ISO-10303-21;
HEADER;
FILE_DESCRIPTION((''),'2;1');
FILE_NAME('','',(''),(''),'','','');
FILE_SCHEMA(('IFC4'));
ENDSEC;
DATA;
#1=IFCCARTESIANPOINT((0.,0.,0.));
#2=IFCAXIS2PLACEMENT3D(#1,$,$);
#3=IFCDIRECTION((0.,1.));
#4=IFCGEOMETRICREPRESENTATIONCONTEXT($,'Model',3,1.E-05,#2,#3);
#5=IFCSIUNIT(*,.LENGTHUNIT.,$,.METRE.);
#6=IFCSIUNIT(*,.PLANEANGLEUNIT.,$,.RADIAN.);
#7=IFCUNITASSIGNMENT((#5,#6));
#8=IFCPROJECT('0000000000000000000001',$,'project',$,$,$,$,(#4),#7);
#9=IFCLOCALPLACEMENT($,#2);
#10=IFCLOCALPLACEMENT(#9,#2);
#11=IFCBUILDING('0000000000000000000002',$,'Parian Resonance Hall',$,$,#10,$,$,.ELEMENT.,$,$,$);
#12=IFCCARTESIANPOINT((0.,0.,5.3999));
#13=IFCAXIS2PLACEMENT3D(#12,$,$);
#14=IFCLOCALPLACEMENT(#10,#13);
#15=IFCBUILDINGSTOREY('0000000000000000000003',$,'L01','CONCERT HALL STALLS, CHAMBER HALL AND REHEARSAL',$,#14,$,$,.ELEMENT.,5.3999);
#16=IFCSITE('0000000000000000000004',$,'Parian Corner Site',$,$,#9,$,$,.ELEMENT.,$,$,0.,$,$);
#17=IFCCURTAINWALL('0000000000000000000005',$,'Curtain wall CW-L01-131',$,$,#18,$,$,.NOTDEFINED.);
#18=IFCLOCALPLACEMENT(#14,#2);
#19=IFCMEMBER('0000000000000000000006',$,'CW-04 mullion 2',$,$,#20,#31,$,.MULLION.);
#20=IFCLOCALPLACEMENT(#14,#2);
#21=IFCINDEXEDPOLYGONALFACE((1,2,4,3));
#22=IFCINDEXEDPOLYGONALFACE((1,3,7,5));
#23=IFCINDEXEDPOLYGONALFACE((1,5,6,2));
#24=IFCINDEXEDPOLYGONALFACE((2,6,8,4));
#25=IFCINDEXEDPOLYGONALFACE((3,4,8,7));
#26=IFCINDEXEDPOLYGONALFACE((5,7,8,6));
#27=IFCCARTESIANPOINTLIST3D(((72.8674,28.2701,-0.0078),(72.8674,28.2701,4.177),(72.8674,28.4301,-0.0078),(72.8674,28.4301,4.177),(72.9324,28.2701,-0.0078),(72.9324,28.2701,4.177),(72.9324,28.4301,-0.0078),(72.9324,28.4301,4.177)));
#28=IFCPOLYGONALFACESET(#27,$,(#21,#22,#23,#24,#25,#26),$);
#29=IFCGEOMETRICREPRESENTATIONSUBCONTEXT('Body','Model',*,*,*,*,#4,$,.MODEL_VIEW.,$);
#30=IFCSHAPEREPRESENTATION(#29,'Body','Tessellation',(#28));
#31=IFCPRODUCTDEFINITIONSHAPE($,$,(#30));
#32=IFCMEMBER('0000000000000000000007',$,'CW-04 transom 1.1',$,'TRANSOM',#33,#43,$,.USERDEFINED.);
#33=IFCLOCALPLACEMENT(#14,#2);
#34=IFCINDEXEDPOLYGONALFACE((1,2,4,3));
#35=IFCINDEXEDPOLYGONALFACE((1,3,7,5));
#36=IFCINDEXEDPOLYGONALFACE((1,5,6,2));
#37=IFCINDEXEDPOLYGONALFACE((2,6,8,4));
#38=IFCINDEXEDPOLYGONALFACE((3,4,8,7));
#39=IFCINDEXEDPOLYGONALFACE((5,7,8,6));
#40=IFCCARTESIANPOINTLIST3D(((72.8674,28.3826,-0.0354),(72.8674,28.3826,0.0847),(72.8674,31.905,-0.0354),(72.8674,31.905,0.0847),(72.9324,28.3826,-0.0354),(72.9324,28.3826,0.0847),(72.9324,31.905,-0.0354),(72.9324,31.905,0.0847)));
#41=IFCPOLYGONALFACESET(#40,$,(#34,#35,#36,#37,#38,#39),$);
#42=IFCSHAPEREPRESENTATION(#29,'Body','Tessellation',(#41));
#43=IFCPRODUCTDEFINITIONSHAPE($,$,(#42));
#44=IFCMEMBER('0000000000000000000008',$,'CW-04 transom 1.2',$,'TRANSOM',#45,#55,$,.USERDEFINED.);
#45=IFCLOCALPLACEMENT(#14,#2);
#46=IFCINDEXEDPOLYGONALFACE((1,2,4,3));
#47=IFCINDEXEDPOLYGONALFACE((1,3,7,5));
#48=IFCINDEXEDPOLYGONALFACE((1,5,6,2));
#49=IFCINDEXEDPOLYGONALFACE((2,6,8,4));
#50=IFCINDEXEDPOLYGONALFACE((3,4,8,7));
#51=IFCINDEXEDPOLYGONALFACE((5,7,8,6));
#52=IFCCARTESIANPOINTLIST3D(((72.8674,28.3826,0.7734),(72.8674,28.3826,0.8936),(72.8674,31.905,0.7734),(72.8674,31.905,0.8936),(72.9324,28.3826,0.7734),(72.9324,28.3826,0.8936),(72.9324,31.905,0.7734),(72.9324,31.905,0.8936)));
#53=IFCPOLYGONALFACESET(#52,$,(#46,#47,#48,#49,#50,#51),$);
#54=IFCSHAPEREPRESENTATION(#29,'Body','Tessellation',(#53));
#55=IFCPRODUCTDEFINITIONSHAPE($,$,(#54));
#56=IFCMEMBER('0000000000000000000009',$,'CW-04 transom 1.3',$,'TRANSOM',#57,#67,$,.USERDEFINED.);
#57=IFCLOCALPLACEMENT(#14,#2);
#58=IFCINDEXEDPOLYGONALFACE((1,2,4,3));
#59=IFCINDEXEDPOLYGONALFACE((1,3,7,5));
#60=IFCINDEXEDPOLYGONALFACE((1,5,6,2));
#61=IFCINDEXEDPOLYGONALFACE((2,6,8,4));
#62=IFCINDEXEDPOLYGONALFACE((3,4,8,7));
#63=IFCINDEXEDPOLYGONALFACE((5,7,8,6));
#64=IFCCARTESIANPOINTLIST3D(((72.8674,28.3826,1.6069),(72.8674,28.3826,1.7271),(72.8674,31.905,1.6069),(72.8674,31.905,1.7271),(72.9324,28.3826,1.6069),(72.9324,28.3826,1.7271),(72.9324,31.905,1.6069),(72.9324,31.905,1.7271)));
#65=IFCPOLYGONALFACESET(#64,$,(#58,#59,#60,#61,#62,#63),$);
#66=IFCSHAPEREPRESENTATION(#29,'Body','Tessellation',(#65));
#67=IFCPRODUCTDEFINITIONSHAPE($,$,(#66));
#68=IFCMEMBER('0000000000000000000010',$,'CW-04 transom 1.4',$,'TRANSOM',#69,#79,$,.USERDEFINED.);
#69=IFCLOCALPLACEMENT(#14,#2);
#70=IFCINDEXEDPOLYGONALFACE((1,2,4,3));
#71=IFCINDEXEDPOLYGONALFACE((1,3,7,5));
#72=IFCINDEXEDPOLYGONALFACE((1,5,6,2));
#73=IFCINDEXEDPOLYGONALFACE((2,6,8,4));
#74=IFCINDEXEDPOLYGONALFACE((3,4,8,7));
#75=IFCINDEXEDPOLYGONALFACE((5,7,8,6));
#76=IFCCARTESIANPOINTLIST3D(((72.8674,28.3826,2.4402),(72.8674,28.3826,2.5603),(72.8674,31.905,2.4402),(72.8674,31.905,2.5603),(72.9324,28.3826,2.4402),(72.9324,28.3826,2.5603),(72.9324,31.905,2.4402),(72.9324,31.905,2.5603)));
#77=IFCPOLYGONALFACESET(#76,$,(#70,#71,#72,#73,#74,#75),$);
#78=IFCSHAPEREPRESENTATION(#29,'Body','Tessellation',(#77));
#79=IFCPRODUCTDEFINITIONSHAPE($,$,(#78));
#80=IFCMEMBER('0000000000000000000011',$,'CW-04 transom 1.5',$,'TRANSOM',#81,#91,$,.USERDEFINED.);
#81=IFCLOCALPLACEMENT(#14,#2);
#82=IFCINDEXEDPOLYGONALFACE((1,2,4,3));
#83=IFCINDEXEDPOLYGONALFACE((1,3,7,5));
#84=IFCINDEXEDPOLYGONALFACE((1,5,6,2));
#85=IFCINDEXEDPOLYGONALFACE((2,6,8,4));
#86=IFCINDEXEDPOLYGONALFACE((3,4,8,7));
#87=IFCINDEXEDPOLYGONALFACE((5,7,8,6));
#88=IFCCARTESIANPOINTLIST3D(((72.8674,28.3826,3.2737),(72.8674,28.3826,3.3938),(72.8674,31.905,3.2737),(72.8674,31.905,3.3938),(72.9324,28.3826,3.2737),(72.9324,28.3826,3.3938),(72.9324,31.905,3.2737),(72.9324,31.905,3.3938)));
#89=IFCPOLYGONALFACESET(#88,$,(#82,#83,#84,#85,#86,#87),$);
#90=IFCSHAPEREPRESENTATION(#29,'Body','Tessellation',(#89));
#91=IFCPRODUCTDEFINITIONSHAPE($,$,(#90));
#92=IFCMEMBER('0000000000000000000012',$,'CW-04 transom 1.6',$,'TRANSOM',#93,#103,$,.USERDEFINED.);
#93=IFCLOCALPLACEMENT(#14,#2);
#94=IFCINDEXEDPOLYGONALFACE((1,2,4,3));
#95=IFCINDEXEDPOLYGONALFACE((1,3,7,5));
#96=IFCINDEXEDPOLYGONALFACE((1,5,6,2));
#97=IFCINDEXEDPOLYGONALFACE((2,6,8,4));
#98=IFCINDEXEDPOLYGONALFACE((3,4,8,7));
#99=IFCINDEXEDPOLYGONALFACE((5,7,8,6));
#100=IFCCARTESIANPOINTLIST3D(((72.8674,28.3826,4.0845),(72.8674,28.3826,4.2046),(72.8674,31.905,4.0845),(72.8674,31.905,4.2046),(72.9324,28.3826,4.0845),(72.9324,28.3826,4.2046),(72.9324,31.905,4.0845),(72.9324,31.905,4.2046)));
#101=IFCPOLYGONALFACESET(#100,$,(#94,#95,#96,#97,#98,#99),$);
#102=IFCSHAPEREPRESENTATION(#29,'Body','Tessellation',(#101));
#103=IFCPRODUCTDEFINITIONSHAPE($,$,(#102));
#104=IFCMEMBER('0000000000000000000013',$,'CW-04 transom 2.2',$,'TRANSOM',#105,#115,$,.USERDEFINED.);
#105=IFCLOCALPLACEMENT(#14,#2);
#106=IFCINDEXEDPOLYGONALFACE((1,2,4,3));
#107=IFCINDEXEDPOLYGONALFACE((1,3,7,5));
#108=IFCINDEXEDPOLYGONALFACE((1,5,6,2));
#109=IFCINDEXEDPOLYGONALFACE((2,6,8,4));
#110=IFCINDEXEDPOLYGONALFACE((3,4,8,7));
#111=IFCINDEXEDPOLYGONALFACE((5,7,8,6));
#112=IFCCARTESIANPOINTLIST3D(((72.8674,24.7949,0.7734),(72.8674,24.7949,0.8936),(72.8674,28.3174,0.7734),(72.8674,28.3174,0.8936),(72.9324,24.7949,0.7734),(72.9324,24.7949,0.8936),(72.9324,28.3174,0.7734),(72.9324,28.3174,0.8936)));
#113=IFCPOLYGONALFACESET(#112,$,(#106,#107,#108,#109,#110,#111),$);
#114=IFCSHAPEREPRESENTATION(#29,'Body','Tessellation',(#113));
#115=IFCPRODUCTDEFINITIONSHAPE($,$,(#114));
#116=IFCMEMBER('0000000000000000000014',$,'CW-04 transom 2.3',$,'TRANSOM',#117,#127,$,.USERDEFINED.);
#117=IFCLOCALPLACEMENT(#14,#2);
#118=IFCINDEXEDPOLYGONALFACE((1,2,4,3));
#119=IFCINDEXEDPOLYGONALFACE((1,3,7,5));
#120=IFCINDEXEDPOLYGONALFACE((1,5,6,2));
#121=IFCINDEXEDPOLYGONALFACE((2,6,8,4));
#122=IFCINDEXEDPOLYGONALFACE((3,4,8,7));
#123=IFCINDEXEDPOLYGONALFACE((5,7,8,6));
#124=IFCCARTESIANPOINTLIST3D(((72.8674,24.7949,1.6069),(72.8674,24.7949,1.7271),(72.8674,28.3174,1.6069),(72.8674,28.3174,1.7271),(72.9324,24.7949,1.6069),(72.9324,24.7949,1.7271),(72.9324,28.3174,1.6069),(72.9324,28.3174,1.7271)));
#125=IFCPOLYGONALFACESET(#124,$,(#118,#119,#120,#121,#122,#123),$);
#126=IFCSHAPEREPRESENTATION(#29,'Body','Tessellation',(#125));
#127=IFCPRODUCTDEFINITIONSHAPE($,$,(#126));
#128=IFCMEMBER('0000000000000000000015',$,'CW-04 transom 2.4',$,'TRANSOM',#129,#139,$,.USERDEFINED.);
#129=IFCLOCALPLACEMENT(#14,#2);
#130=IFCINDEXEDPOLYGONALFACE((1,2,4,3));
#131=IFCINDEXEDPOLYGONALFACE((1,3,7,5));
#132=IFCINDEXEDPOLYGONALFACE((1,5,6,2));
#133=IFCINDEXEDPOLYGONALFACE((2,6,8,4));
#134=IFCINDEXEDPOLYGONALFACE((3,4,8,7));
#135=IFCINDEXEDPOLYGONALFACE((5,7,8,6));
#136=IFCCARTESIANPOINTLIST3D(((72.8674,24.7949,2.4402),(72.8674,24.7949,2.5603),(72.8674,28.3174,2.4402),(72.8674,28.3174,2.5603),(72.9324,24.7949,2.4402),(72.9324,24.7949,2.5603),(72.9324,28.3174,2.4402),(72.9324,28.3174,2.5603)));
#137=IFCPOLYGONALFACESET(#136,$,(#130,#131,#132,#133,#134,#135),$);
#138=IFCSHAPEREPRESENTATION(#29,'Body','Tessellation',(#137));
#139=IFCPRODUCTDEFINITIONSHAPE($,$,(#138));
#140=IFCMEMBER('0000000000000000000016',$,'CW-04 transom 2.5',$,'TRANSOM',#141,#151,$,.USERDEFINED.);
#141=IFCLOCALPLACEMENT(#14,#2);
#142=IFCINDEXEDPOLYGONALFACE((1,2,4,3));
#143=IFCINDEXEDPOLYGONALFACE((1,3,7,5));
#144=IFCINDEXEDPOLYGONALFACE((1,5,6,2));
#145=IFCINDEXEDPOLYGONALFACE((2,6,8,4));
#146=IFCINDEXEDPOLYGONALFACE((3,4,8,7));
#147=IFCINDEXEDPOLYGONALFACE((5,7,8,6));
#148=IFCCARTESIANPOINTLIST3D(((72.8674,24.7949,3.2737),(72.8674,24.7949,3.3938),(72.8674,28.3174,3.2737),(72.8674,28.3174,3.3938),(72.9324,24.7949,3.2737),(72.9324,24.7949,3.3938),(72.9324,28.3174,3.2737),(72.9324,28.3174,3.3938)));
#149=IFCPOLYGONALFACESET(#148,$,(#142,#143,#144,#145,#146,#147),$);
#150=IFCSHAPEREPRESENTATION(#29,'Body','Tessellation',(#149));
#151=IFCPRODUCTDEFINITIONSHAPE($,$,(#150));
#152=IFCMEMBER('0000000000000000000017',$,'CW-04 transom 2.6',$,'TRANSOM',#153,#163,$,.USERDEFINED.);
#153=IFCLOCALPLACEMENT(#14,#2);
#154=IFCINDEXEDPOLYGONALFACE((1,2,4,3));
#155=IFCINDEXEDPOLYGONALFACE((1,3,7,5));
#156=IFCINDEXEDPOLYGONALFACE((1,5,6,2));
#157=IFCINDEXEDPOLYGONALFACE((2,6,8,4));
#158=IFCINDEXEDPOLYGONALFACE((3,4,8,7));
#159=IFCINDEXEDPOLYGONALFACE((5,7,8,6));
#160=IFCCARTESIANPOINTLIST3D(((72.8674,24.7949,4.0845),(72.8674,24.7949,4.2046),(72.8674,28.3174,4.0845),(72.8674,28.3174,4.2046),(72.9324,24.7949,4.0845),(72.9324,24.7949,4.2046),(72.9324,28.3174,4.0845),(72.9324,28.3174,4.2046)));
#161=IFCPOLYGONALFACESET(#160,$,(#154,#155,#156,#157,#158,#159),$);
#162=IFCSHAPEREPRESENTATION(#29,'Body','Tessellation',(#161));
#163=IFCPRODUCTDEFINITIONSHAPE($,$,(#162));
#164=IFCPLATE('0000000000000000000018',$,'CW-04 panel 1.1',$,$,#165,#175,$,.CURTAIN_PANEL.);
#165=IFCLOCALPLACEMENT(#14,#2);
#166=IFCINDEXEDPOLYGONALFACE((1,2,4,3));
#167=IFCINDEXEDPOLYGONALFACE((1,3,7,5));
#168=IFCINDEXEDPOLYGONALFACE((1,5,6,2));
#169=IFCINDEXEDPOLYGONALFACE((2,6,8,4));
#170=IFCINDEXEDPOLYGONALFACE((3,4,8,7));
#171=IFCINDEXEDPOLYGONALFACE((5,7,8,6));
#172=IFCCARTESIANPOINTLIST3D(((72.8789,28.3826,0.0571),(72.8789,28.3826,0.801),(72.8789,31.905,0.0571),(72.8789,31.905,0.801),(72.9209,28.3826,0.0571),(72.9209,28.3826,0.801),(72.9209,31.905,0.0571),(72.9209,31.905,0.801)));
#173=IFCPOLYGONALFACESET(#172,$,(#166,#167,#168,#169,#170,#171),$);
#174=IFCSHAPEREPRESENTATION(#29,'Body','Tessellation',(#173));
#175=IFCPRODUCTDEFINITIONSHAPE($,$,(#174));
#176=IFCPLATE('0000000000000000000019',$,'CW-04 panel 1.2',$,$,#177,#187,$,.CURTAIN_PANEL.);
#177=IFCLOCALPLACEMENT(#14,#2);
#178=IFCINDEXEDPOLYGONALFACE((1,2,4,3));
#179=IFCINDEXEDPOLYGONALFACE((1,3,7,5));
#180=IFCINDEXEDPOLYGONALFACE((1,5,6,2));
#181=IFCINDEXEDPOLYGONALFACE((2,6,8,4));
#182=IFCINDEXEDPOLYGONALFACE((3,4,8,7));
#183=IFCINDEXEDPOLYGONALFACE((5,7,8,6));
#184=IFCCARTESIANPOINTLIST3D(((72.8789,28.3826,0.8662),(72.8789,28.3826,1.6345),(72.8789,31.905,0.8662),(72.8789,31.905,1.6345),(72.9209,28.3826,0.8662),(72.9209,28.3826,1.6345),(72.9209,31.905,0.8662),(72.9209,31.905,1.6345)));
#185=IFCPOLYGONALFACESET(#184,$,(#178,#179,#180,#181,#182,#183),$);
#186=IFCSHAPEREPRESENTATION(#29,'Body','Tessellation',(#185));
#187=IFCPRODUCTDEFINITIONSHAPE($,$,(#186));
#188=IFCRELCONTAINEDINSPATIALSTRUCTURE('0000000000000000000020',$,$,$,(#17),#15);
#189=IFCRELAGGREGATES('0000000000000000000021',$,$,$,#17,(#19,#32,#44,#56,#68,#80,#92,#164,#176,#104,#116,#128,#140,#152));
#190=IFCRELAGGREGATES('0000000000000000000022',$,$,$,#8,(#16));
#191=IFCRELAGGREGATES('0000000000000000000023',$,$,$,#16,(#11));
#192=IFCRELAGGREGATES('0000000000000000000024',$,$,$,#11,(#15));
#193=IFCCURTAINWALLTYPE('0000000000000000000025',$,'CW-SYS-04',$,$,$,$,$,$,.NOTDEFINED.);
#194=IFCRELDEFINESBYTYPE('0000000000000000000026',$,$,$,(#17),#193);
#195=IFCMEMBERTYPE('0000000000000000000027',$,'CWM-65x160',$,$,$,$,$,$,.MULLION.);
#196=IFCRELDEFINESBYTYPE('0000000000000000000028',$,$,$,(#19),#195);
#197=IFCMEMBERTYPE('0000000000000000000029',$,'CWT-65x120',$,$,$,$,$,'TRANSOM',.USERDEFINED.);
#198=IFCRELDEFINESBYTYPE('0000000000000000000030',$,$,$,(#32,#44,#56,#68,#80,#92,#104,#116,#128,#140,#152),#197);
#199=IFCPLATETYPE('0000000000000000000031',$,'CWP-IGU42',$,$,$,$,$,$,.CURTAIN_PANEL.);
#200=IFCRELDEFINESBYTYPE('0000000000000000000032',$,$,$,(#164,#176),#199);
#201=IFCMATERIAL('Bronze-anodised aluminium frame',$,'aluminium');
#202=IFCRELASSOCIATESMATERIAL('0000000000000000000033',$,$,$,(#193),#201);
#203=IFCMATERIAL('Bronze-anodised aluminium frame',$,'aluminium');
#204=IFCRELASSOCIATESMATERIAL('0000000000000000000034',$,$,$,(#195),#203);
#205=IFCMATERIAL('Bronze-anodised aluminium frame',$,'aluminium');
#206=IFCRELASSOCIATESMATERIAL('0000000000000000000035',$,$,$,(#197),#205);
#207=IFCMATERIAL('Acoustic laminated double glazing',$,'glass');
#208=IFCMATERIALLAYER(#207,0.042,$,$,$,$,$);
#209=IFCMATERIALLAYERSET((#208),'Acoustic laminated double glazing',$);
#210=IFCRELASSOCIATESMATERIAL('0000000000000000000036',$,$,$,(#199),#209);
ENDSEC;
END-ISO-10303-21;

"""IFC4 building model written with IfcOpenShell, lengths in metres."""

from ifc_helpers import new_model, si_unit, direction, frame, origin, origin_2d, place, context, subcontext, project, spatial, rectangle, extrude, material, layer, layer_set, material_profile, profile_set, type_object, element, aggregate, save


model = new_model("IFC4")

# Units and contexts
model_context = context("Model", 3, precision=1e-05, world=origin(), true_north=direction((0.0, 1.0)))
body_context = subcontext(model_context, "Body", "Model", "MODEL_VIEW")
ifc_project = project(units=[si_unit("LENGTHUNIT", "METRE"), si_unit("PLANEANGLEUNIT", "RADIAN")], contexts=[model_context])

# Site, building, storey
site_placement = place(None, origin())
site = spatial("IfcSite", under=ifc_project, at=site_placement, Name="Parian Corner Site", CompositionType="ELEMENT", RefElevation=0.0)
building_placement = place(site_placement, origin())
building = spatial("IfcBuilding", under=site, at=building_placement, Name="Parian Resonance Hall", CompositionType="ELEMENT")
storey_placement = place(building_placement, frame((0.0, 0.0, 5.3999)))
storey = spatial("IfcBuildingStorey", under=building, at=storey_placement, Name="L01", Description="CONCERT HALL STALLS, CHAMBER HALL AND REHEARSAL", CompositionType="ELEMENT", Elevation=5.3999)

# Curtain wall, members, plates
ifc_material_1 = material(Name="Bronze-anodised aluminium frame", Category="aluminium")
curtain_wall_type = type_object("IfcCurtainWallType", Name="CW-SYS-04", PredefinedType="NOTDEFINED", material=ifc_material_1)
curtain_wall_placement = place(storey_placement, origin())
curtain_wall = element("IfcCurtainWall", 1, at=curtain_wall_placement, inside=storey, type_object=curtain_wall_type, Name="Curtain wall CW-L01-131", PredefinedType="NOTDEFINED")
ifc_material_2 = material(Name="Bronze-anodised aluminium frame", Category="aluminium")
ifc_material_profile_1 = material_profile(ifc_material_2, rectangle(XDim=0.0649, YDim=0.1599, at=origin_2d()), Name="CWM-65x160")
ifc_profile_set_1 = profile_set([ifc_material_profile_1], Name="Bronze-anodised aluminium frame")
member_type_1 = type_object("IfcMemberType", Name="CWM-65x160", PredefinedType="MULLION", material=ifc_profile_set_1)
member_1_placement = place(storey_placement, frame((72.8999, 28.3501, -0.0078), z_axis=(0.0, 0.0, 1.0), x_axis=(1.0, 0.0, 0.0)))
member_1 = element("IfcMember", 2, at=member_1_placement, type_object=member_type_1, Name="CW-04 mullion 2", PredefinedType="MULLION", context=body_context, shape_type="SweptSolid", body=[
    extrude(rectangle(XDim=0.0649, YDim=0.1599, at=origin_2d()), origin(), (0.0, 0.0, 1.0), 4.1848),
])
ifc_material_3 = material(Name="Bronze-anodised aluminium frame", Category="aluminium")
ifc_material_profile_2 = material_profile(ifc_material_3, rectangle(XDim=0.0649, YDim=0.1201, at=origin_2d()), Name="CWT-65x120")
ifc_profile_set_2 = profile_set([ifc_material_profile_2], Name="Bronze-anodised aluminium frame")
member_type_2 = type_object("IfcMemberType", Name="CWT-65x120", ElementType="TRANSOM", PredefinedType="USERDEFINED", material=ifc_profile_set_2)
member_2_placement = place(storey_placement, frame((72.8999, 31.905, 0.0247), z_axis=(0.0, -1.0, 0.0), x_axis=(1.0, 0.0, 0.0)))
member_2 = element("IfcMember", 3, at=member_2_placement, type_object=member_type_2, Name="CW-04 transom 1.1", ObjectType="TRANSOM", PredefinedType="USERDEFINED", context=body_context, shape_type="SweptSolid", body=[
    extrude(rectangle(XDim=0.0649, YDim=0.1201, at=origin_2d()), origin(), (0.0, 0.0, 1.0), 3.5225),
])
member_3_placement = place(storey_placement, frame((72.8999, 31.905, 0.8335), z_axis=(0.0, -1.0, 0.0), x_axis=(1.0, 0.0, 0.0)))
member_3 = element("IfcMember", 4, at=member_3_placement, type_object=member_type_2, Name="CW-04 transom 1.2", ObjectType="TRANSOM", PredefinedType="USERDEFINED", context=body_context, shape_type="SweptSolid", body=[
    extrude(rectangle(XDim=0.0649, YDim=0.1201, at=origin_2d()), origin(), (0.0, 0.0, 1.0), 3.5225),
])
member_4_placement = place(storey_placement, frame((72.8999, 31.905, 1.667), z_axis=(0.0, -1.0, 0.0), x_axis=(1.0, 0.0, 0.0)))
member_4 = element("IfcMember", 5, at=member_4_placement, type_object=member_type_2, Name="CW-04 transom 1.3", ObjectType="TRANSOM", PredefinedType="USERDEFINED", context=body_context, shape_type="SweptSolid", body=[
    extrude(rectangle(XDim=0.0649, YDim=0.1201, at=origin_2d()), origin(), (0.0, 0.0, 1.0), 3.5225),
])
member_5_placement = place(storey_placement, frame((72.8999, 31.905, 2.5002), z_axis=(0.0, -1.0, 0.0), x_axis=(1.0, 0.0, 0.0)))
member_5 = element("IfcMember", 6, at=member_5_placement, type_object=member_type_2, Name="CW-04 transom 1.4", ObjectType="TRANSOM", PredefinedType="USERDEFINED", context=body_context, shape_type="SweptSolid", body=[
    extrude(rectangle(XDim=0.0649, YDim=0.1201, at=origin_2d()), origin(), (0.0, 0.0, 1.0), 3.5225),
])
member_6_placement = place(storey_placement, frame((72.8999, 31.905, 3.3337), z_axis=(0.0, -1.0, 0.0), x_axis=(1.0, 0.0, 0.0)))
member_6 = element("IfcMember", 7, at=member_6_placement, type_object=member_type_2, Name="CW-04 transom 1.5", ObjectType="TRANSOM", PredefinedType="USERDEFINED", context=body_context, shape_type="SweptSolid", body=[
    extrude(rectangle(XDim=0.0649, YDim=0.1201, at=origin_2d()), origin(), (0.0, 0.0, 1.0), 3.5225),
])
member_7_placement = place(storey_placement, frame((72.8999, 31.905, 4.1445), z_axis=(0.0, -1.0, 0.0), x_axis=(1.0, 0.0, 0.0)))
member_7 = element("IfcMember", 8, at=member_7_placement, type_object=member_type_2, Name="CW-04 transom 1.6", ObjectType="TRANSOM", PredefinedType="USERDEFINED", context=body_context, shape_type="SweptSolid", body=[
    extrude(rectangle(XDim=0.0649, YDim=0.1201, at=origin_2d()), origin(), (0.0, 0.0, 1.0), 3.5225),
])
member_8_placement = place(storey_placement, frame((72.8999, 28.3174, 0.8335), z_axis=(0.0, -1.0, 0.0), x_axis=(1.0, 0.0, 0.0)))
member_8 = element("IfcMember", 9, at=member_8_placement, type_object=member_type_2, Name="CW-04 transom 2.2", ObjectType="TRANSOM", PredefinedType="USERDEFINED", context=body_context, shape_type="SweptSolid", body=[
    extrude(rectangle(XDim=0.0649, YDim=0.1201, at=origin_2d()), origin(), (0.0, 0.0, 1.0), 3.5225),
])
member_9_placement = place(storey_placement, frame((72.8999, 28.3174, 1.667), z_axis=(0.0, -1.0, 0.0), x_axis=(1.0, 0.0, 0.0)))
member_9 = element("IfcMember", 10, at=member_9_placement, type_object=member_type_2, Name="CW-04 transom 2.3", ObjectType="TRANSOM", PredefinedType="USERDEFINED", context=body_context, shape_type="SweptSolid", body=[
    extrude(rectangle(XDim=0.0649, YDim=0.1201, at=origin_2d()), origin(), (0.0, 0.0, 1.0), 3.5225),
])
member_10_placement = place(storey_placement, frame((72.8999, 28.3174, 2.5002), z_axis=(0.0, -1.0, 0.0), x_axis=(1.0, 0.0, 0.0)))
member_10 = element("IfcMember", 11, at=member_10_placement, type_object=member_type_2, Name="CW-04 transom 2.4", ObjectType="TRANSOM", PredefinedType="USERDEFINED", context=body_context, shape_type="SweptSolid", body=[
    extrude(rectangle(XDim=0.0649, YDim=0.1201, at=origin_2d()), origin(), (0.0, 0.0, 1.0), 3.5225),
])
member_11_placement = place(storey_placement, frame((72.8999, 28.3174, 3.3337), z_axis=(0.0, -1.0, 0.0), x_axis=(1.0, 0.0, 0.0)))
member_11 = element("IfcMember", 12, at=member_11_placement, type_object=member_type_2, Name="CW-04 transom 2.5", ObjectType="TRANSOM", PredefinedType="USERDEFINED", context=body_context, shape_type="SweptSolid", body=[
    extrude(rectangle(XDim=0.0649, YDim=0.1201, at=origin_2d()), origin(), (0.0, 0.0, 1.0), 3.5225),
])
member_12_placement = place(storey_placement, frame((72.8999, 28.3174, 4.1445), z_axis=(0.0, -1.0, 0.0), x_axis=(1.0, 0.0, 0.0)))
member_12 = element("IfcMember", 13, at=member_12_placement, type_object=member_type_2, Name="CW-04 transom 2.6", ObjectType="TRANSOM", PredefinedType="USERDEFINED", context=body_context, shape_type="SweptSolid", body=[
    extrude(rectangle(XDim=0.0649, YDim=0.1201, at=origin_2d()), origin(), (0.0, 0.0, 1.0), 3.5225),
])
ifc_material_4 = material(Name="Acoustic laminated double glazing", Category="glass")
ifc_layer_1 = layer(ifc_material_4, 0.042)
ifc_layer_set_1 = layer_set([ifc_layer_1], Name="Acoustic laminated double glazing")
plate_type_1 = type_object("IfcPlateType", Name="CWP-IGU42", PredefinedType="CURTAIN_PANEL", material=ifc_layer_set_1)
plate_1_placement = place(storey_placement, frame((72.8999, 30.1438, 0.0571), z_axis=(0.0, 0.0, 1.0), x_axis=(0.0, -1.0, 0.0)))
plate_1 = element("IfcPlate", 14, at=plate_1_placement, type_object=plate_type_1, Name="CW-04 panel 1.1", PredefinedType="CURTAIN_PANEL", context=body_context, shape_type="SweptSolid", body=[
    extrude(rectangle(XDim=3.5225, YDim=0.042, at=origin_2d()), origin(), (0.0, 0.0, 1.0), 0.7439),
])
plate_2_placement = place(storey_placement, frame((72.8999, 30.1438, 0.8662), z_axis=(0.0, 0.0, 1.0), x_axis=(0.0, -1.0, 0.0)))
plate_2 = element("IfcPlate", 15, at=plate_2_placement, type_object=plate_type_1, Name="CW-04 panel 1.2", PredefinedType="CURTAIN_PANEL", context=body_context, shape_type="SweptSolid", body=[
    extrude(rectangle(XDim=3.5225, YDim=0.042, at=origin_2d()), origin(), (0.0, 0.0, 1.0), 0.7683),
])
aggregate(curtain_wall, [member_1, member_2, member_3, member_4, member_5, member_6, member_7, plate_1, plate_2, member_8, member_9, member_10, member_11, member_12])

save(model, "model.ifc")
